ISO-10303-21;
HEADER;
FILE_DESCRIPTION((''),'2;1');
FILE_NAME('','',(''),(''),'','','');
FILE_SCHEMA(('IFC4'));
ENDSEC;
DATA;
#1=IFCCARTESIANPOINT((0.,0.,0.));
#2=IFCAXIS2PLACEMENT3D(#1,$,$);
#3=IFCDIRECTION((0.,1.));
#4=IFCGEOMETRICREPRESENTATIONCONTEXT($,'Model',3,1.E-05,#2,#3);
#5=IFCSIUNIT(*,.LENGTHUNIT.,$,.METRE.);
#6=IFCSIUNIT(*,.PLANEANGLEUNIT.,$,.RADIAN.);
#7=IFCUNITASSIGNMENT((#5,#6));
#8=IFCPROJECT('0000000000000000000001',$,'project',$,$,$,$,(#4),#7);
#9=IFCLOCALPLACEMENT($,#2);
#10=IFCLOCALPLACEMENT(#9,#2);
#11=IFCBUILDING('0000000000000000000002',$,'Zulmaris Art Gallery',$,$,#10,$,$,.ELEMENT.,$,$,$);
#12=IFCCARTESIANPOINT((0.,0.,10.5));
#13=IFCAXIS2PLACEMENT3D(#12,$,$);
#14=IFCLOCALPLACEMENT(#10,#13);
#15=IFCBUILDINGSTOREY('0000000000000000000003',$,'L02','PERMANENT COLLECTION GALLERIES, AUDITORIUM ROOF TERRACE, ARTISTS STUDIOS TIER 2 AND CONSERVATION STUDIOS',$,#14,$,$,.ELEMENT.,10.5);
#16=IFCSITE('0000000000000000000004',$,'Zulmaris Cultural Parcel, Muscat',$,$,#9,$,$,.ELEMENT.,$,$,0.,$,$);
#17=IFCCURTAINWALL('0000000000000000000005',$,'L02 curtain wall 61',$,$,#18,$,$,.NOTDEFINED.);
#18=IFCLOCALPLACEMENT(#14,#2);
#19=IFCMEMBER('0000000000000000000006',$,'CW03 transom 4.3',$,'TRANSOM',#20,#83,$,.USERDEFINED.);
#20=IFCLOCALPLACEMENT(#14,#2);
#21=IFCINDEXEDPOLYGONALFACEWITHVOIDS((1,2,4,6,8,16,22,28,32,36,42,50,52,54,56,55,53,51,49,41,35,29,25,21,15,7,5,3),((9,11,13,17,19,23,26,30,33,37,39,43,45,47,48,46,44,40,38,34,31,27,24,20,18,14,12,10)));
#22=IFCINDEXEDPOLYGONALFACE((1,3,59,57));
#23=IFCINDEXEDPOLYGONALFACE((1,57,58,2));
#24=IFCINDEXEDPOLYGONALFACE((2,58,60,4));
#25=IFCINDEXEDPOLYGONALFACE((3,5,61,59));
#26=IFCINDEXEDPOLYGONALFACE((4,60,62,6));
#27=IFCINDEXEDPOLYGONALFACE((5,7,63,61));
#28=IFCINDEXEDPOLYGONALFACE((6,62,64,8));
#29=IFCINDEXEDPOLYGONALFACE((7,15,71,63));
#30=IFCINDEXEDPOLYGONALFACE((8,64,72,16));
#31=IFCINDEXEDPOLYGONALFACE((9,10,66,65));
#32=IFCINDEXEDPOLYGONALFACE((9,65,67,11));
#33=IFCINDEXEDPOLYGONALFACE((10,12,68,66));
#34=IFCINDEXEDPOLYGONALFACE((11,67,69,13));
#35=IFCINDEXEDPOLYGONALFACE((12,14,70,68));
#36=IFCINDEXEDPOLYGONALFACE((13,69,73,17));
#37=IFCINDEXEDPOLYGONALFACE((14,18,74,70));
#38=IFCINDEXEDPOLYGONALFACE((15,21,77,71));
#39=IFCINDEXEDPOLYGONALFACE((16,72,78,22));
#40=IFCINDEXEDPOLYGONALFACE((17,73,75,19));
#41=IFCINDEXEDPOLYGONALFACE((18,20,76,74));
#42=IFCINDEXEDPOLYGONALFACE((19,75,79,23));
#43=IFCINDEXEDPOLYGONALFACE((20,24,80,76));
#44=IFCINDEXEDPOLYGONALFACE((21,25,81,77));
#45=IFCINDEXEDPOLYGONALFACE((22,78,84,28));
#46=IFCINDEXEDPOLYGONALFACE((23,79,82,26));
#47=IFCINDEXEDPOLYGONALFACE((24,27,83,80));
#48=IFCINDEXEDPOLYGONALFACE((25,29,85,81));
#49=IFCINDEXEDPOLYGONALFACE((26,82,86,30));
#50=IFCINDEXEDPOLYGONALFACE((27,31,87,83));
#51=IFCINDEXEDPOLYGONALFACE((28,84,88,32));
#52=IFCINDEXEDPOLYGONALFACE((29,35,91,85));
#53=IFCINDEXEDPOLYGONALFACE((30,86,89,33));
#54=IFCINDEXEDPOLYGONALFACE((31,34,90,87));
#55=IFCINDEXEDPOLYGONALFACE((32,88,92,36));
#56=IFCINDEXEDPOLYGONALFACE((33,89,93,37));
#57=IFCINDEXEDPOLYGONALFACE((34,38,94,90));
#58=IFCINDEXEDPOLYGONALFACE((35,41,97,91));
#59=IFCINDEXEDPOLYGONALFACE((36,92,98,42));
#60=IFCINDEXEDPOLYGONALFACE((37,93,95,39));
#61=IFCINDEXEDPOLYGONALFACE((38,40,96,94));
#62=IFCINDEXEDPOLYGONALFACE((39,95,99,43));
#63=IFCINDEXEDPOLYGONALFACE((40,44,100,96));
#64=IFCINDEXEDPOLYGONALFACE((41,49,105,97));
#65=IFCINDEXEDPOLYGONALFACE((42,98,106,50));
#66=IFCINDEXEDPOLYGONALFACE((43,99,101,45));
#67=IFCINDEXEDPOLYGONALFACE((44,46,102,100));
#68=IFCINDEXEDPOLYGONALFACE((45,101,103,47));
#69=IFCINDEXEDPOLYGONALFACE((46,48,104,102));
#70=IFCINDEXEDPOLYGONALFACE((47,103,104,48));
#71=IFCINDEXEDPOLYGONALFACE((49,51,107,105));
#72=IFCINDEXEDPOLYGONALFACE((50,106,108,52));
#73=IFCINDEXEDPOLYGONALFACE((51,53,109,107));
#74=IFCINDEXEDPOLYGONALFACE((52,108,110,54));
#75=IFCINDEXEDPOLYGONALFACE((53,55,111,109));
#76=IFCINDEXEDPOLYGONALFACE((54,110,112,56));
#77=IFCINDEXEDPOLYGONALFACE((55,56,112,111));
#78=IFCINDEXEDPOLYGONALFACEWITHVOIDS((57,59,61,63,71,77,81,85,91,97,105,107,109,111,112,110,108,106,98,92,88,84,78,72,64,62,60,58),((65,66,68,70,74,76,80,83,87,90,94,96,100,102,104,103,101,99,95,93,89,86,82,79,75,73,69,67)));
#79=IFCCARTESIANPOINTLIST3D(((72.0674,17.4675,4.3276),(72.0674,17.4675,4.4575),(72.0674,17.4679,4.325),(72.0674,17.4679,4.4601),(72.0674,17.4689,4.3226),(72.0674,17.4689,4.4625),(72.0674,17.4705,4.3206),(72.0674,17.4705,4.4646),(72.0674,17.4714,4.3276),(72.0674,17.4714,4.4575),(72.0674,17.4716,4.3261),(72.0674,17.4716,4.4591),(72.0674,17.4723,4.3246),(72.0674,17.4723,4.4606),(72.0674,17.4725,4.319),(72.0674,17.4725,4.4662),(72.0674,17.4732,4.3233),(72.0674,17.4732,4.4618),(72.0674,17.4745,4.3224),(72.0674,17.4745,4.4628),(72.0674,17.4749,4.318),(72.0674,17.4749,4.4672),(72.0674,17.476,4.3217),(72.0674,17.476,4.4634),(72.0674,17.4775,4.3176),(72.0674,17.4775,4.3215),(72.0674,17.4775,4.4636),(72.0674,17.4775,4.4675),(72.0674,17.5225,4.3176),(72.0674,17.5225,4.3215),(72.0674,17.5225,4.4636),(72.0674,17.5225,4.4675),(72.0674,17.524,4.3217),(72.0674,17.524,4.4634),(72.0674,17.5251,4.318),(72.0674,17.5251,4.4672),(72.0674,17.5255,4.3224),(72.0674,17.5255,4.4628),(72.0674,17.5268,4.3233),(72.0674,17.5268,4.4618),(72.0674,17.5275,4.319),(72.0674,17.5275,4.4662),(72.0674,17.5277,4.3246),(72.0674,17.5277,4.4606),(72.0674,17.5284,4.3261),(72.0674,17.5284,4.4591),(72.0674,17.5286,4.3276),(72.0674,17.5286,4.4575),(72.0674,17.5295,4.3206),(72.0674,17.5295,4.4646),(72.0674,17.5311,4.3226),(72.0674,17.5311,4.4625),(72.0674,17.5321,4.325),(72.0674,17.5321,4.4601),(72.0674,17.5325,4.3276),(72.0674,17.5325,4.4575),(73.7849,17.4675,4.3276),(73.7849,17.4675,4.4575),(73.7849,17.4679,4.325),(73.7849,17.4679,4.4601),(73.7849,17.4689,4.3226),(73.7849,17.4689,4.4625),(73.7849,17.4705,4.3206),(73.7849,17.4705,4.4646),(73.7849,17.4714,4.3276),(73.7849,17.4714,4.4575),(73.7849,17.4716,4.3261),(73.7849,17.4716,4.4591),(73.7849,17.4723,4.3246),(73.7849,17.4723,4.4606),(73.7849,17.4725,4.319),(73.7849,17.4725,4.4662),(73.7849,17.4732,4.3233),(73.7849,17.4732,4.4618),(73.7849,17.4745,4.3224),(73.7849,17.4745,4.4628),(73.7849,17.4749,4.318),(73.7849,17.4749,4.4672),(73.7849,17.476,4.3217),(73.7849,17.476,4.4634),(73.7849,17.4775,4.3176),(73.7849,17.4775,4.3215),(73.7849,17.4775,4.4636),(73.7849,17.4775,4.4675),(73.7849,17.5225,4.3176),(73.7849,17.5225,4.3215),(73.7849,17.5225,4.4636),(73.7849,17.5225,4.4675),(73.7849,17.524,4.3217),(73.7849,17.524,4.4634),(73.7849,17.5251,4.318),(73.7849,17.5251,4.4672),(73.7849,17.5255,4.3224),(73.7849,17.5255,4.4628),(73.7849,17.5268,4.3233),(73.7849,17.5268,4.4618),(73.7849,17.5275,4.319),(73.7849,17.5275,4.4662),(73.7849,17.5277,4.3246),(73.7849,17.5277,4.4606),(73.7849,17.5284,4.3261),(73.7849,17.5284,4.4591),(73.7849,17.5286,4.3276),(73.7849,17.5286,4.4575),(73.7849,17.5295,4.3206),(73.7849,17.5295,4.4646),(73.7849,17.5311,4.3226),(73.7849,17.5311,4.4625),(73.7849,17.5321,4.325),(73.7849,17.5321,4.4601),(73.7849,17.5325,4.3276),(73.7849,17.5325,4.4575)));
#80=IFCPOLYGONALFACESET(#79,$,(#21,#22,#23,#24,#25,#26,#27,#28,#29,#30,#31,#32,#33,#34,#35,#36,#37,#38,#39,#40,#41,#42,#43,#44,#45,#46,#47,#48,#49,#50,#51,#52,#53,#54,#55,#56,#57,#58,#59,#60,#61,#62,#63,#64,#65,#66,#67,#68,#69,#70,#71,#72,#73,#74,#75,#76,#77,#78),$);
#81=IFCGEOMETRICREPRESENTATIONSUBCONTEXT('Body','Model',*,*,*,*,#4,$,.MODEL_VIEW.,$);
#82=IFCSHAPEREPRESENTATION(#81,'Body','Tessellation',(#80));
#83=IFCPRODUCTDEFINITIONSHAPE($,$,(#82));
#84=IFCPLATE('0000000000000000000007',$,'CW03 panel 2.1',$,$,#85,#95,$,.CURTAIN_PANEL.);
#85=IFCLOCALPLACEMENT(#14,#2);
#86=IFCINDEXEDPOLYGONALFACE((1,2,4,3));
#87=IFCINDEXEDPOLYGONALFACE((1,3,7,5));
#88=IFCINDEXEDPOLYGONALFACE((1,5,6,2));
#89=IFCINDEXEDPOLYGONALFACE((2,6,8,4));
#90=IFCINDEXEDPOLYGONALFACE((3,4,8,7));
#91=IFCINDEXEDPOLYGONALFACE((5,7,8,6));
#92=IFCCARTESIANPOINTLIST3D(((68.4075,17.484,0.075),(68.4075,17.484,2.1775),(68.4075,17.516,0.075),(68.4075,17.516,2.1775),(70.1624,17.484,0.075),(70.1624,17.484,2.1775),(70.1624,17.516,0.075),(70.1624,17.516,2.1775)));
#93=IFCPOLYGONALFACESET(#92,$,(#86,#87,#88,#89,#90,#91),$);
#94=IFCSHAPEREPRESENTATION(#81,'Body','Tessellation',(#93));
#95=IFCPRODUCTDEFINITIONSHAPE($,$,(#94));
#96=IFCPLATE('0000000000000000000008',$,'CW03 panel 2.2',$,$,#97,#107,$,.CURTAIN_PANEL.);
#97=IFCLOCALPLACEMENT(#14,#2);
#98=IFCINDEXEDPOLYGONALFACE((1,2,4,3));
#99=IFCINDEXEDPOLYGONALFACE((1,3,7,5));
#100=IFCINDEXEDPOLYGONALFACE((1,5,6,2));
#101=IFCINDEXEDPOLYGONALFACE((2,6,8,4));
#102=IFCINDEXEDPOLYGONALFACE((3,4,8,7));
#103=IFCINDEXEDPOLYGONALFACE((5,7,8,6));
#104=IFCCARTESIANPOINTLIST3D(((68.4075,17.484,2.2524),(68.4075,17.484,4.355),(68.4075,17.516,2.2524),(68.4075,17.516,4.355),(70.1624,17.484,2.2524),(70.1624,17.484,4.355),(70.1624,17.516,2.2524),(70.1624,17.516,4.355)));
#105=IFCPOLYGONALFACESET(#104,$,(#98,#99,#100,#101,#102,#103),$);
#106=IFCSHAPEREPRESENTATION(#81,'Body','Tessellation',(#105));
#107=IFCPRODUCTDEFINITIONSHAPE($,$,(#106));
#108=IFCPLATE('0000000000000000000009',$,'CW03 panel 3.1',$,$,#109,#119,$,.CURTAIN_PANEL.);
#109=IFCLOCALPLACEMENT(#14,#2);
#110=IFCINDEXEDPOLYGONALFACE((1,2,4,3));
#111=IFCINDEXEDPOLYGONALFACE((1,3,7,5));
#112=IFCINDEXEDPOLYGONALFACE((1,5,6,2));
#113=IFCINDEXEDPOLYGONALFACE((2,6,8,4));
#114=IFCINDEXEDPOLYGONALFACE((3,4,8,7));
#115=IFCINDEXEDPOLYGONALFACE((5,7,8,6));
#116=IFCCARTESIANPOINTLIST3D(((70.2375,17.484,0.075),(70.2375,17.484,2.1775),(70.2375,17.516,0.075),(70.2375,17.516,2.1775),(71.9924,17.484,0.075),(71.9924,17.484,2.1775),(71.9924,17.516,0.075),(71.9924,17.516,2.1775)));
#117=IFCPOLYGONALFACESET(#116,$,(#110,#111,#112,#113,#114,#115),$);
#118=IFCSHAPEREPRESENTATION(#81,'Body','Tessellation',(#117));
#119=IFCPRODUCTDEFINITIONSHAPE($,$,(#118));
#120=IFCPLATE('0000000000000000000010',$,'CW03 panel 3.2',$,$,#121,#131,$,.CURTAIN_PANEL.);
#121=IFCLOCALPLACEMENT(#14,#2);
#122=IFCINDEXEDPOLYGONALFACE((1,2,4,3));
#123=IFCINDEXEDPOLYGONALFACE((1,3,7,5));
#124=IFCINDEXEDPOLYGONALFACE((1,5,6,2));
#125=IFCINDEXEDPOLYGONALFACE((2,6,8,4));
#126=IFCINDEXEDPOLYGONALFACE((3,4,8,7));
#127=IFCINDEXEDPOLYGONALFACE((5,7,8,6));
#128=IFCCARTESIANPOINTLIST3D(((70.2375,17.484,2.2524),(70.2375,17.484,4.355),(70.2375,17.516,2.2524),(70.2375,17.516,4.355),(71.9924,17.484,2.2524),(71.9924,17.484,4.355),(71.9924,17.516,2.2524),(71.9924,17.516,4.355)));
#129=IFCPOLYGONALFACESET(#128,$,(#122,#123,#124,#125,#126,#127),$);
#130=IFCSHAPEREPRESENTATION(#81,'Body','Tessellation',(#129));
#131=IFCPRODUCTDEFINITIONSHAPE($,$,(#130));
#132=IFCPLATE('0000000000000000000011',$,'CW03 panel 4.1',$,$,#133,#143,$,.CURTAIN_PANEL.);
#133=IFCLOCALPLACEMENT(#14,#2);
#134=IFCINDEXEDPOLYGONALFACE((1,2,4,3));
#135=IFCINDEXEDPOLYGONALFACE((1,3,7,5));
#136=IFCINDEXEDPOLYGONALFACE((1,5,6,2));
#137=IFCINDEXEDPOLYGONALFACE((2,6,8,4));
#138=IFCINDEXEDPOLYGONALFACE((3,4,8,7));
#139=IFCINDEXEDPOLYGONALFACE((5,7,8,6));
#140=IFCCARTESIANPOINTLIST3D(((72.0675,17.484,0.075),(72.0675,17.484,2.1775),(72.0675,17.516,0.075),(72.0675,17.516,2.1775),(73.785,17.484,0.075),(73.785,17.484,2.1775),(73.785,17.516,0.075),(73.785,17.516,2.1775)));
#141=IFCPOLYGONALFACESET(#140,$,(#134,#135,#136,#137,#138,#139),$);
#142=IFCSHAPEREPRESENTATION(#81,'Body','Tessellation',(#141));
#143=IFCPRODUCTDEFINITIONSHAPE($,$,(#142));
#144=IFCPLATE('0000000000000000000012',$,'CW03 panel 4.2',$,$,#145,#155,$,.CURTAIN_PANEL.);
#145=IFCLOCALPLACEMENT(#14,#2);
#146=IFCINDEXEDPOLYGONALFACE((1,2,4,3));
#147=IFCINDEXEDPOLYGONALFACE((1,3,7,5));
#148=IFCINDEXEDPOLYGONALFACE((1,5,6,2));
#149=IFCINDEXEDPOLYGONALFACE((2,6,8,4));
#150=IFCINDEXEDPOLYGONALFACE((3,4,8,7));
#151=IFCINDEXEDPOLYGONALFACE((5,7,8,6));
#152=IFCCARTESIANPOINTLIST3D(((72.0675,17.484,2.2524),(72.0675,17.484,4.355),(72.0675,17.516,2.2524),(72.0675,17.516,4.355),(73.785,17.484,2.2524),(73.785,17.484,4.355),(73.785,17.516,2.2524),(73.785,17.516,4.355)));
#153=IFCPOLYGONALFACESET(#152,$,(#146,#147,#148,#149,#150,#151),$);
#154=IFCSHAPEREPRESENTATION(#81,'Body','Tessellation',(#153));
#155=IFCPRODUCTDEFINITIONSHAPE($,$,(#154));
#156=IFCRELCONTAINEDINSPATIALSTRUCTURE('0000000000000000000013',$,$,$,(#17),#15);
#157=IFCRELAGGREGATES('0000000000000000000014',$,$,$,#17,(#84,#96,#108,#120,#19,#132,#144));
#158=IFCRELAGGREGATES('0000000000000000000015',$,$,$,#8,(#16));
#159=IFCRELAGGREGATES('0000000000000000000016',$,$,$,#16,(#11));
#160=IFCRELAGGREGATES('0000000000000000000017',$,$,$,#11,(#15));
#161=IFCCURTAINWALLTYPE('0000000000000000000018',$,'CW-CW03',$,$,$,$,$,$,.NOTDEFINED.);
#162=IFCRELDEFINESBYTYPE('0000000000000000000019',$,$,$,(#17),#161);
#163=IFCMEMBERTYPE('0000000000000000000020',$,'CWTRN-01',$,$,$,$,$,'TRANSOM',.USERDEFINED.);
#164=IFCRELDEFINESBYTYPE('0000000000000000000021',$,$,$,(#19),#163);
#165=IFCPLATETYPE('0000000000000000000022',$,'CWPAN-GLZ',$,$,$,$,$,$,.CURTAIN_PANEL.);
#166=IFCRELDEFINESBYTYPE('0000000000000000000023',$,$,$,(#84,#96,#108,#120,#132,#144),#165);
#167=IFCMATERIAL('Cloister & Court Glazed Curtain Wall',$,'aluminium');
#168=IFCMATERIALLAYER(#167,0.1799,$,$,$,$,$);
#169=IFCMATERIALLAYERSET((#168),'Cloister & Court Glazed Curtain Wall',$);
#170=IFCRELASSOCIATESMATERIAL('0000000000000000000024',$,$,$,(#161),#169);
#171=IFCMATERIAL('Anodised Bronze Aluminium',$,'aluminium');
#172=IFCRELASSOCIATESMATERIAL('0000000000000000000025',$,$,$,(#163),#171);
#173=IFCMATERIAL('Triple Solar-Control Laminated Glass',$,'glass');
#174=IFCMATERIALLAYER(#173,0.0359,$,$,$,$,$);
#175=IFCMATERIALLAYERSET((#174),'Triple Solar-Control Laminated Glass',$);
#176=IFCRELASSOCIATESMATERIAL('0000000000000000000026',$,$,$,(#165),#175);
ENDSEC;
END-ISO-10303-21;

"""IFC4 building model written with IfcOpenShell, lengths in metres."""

from ifc_helpers import new_model, si_unit, direction, frame, origin, origin_2d, place, context, subcontext, project, spatial, rectangle, hollow_rectangle, extrude, material, layer, layer_set, material_profile, profile_set, type_object, element, aggregate, save


model = new_model("IFC4")

# Units and contexts
model_context = context("Model", 3, precision=1e-05, world=origin(), true_north=direction((0.0, 1.0)))
body_context = subcontext(model_context, "Body", "Model", "MODEL_VIEW")
ifc_project = project(units=[si_unit("LENGTHUNIT", "METRE"), si_unit("PLANEANGLEUNIT", "RADIAN")], contexts=[model_context])

# Site, building, storey
site_placement = place(None, origin())
site = spatial("IfcSite", under=ifc_project, at=site_placement, Name="Zulmaris Cultural Parcel, Muscat", CompositionType="ELEMENT", RefElevation=0.0)
building_placement = place(site_placement, origin())
building = spatial("IfcBuilding", under=site, at=building_placement, Name="Zulmaris Art Gallery", CompositionType="ELEMENT")
storey_placement = place(building_placement, frame((0.0, 0.0, 10.5)))
storey = spatial("IfcBuildingStorey", under=building, at=storey_placement, Name="L02", Description="PERMANENT COLLECTION GALLERIES, AUDITORIUM ROOF TERRACE, ARTISTS STUDIOS TIER 2 AND CONSERVATION STUDIOS", CompositionType="ELEMENT", Elevation=10.5)

# Curtain wall, member, plates
ifc_material_1 = material(Name="Cloister & Court Glazed Curtain Wall", Category="aluminium")
ifc_layer_1 = layer(ifc_material_1, 0.1799)
ifc_layer_set_1 = layer_set([ifc_layer_1], Name="Cloister & Court Glazed Curtain Wall")
curtain_wall_type = type_object("IfcCurtainWallType", Name="CW-CW03", PredefinedType="NOTDEFINED", material=ifc_layer_set_1)
curtain_wall_placement = place(storey_placement, origin())
curtain_wall = element("IfcCurtainWall", 1, at=curtain_wall_placement, inside=storey, type_object=curtain_wall_type, Name="L02 curtain wall 61", PredefinedType="NOTDEFINED")
ifc_material_2 = material(Name="Anodised Bronze Aluminium", Category="aluminium")
ifc_material_profile_1 = material_profile(ifc_material_2, hollow_rectangle(XDim=0.0649, YDim=0.1499, WallThickness=0.0039, InnerFilletRadius=0.0061, OuterFilletRadius=0.01, at=origin_2d()), Name="ALU 65x150x4")
ifc_profile_set_1 = profile_set([ifc_material_profile_1], Name="Anodised Bronze Aluminium")
member_type_1 = type_object("IfcMemberType", Name="CWTRN-01", ElementType="TRANSOM", PredefinedType="USERDEFINED", material=ifc_profile_set_1)
member_1_placement = place(storey_placement, frame((72.0674, 17.5, 4.3926), z_axis=(1.0, 0.0, 0.0), x_axis=(0.0, 1.0, 0.0)))
member_1 = element("IfcMember", 2, at=member_1_placement, type_object=member_type_1, Name="CW03 transom 4.3", ObjectType="TRANSOM", PredefinedType="USERDEFINED", context=body_context, shape_type="SweptSolid", body=[
    extrude(hollow_rectangle(XDim=0.0649, YDim=0.1499, WallThickness=0.0039, InnerFilletRadius=0.0061, OuterFilletRadius=0.01, at=origin_2d()), origin(), (0.0, 0.0, 1.0), 1.7175),
])
ifc_material_3 = material(Name="Triple Solar-Control Laminated Glass", Category="glass")
ifc_layer_2 = layer(ifc_material_3, 0.0359)
ifc_layer_set_2 = layer_set([ifc_layer_2], Name="Triple Solar-Control Laminated Glass")
plate_type = type_object("IfcPlateType", Name="CWPAN-GLZ", PredefinedType="CURTAIN_PANEL", material=ifc_layer_set_2)
plate_1_placement = place(storey_placement, frame((69.2849, 17.5, 0.075), z_axis=(0.0, 0.0, 1.0), x_axis=(1.0, 0.0, 0.0)))
plate_1 = element("IfcPlate", 3, at=plate_1_placement, type_object=plate_type, Name="CW03 panel 2.1", PredefinedType="CURTAIN_PANEL", context=body_context, shape_type="SweptSolid", body=[
    extrude(rectangle(XDim=1.7549, YDim=0.032, at=origin_2d()), origin(), (0.0, 0.0, 1.0), 2.1025),
])
plate_2_placement = place(storey_placement, frame((69.2849, 17.5, 2.2524), z_axis=(0.0, 0.0, 1.0), x_axis=(1.0, 0.0, 0.0)))
plate_2 = element("IfcPlate", 4, at=plate_2_placement, type_object=plate_type, Name="CW03 panel 2.2", PredefinedType="CURTAIN_PANEL", context=body_context, shape_type="SweptSolid", body=[
    extrude(rectangle(XDim=1.7549, YDim=0.032, at=origin_2d()), origin(), (0.0, 0.0, 1.0), 2.1025),
])
plate_3_placement = place(storey_placement, frame((71.115, 17.5, 0.075), z_axis=(0.0, 0.0, 1.0), x_axis=(1.0, 0.0, 0.0)))
plate_3 = element("IfcPlate", 5, at=plate_3_placement, type_object=plate_type, Name="CW03 panel 3.1", PredefinedType="CURTAIN_PANEL", context=body_context, shape_type="SweptSolid", body=[
    extrude(rectangle(XDim=1.7549, YDim=0.032, at=origin_2d()), origin(), (0.0, 0.0, 1.0), 2.1025),
])
plate_4_placement = place(storey_placement, frame((71.115, 17.5, 2.2524), z_axis=(0.0, 0.0, 1.0), x_axis=(1.0, 0.0, 0.0)))
plate_4 = element("IfcPlate", 6, at=plate_4_placement, type_object=plate_type, Name="CW03 panel 3.2", PredefinedType="CURTAIN_PANEL", context=body_context, shape_type="SweptSolid", body=[
    extrude(rectangle(XDim=1.7549, YDim=0.032, at=origin_2d()), origin(), (0.0, 0.0, 1.0), 2.1025),
])
plate_5_placement = place(storey_placement, frame((72.9263, 17.5, 0.075), z_axis=(0.0, 0.0, 1.0), x_axis=(1.0, 0.0, 0.0)))
plate_5 = element("IfcPlate", 7, at=plate_5_placement, type_object=plate_type, Name="CW03 panel 4.1", PredefinedType="CURTAIN_PANEL", context=body_context, shape_type="SweptSolid", body=[
    extrude(rectangle(XDim=1.7175, YDim=0.032, at=origin_2d()), origin(), (0.0, 0.0, 1.0), 2.1025),
])
plate_6_placement = place(storey_placement, frame((72.9263, 17.5, 2.2524), z_axis=(0.0, 0.0, 1.0), x_axis=(1.0, 0.0, 0.0)))
plate_6 = element("IfcPlate", 8, at=plate_6_placement, type_object=plate_type, Name="CW03 panel 4.2", PredefinedType="CURTAIN_PANEL", context=body_context, shape_type="SweptSolid", body=[
    extrude(rectangle(XDim=1.7175, YDim=0.032, at=origin_2d()), origin(), (0.0, 0.0, 1.0), 2.1025),
])
aggregate(curtain_wall, [plate_1, plate_2, plate_3, plate_4, member_1, plate_5, plate_6])

save(model, "model.ifc")
